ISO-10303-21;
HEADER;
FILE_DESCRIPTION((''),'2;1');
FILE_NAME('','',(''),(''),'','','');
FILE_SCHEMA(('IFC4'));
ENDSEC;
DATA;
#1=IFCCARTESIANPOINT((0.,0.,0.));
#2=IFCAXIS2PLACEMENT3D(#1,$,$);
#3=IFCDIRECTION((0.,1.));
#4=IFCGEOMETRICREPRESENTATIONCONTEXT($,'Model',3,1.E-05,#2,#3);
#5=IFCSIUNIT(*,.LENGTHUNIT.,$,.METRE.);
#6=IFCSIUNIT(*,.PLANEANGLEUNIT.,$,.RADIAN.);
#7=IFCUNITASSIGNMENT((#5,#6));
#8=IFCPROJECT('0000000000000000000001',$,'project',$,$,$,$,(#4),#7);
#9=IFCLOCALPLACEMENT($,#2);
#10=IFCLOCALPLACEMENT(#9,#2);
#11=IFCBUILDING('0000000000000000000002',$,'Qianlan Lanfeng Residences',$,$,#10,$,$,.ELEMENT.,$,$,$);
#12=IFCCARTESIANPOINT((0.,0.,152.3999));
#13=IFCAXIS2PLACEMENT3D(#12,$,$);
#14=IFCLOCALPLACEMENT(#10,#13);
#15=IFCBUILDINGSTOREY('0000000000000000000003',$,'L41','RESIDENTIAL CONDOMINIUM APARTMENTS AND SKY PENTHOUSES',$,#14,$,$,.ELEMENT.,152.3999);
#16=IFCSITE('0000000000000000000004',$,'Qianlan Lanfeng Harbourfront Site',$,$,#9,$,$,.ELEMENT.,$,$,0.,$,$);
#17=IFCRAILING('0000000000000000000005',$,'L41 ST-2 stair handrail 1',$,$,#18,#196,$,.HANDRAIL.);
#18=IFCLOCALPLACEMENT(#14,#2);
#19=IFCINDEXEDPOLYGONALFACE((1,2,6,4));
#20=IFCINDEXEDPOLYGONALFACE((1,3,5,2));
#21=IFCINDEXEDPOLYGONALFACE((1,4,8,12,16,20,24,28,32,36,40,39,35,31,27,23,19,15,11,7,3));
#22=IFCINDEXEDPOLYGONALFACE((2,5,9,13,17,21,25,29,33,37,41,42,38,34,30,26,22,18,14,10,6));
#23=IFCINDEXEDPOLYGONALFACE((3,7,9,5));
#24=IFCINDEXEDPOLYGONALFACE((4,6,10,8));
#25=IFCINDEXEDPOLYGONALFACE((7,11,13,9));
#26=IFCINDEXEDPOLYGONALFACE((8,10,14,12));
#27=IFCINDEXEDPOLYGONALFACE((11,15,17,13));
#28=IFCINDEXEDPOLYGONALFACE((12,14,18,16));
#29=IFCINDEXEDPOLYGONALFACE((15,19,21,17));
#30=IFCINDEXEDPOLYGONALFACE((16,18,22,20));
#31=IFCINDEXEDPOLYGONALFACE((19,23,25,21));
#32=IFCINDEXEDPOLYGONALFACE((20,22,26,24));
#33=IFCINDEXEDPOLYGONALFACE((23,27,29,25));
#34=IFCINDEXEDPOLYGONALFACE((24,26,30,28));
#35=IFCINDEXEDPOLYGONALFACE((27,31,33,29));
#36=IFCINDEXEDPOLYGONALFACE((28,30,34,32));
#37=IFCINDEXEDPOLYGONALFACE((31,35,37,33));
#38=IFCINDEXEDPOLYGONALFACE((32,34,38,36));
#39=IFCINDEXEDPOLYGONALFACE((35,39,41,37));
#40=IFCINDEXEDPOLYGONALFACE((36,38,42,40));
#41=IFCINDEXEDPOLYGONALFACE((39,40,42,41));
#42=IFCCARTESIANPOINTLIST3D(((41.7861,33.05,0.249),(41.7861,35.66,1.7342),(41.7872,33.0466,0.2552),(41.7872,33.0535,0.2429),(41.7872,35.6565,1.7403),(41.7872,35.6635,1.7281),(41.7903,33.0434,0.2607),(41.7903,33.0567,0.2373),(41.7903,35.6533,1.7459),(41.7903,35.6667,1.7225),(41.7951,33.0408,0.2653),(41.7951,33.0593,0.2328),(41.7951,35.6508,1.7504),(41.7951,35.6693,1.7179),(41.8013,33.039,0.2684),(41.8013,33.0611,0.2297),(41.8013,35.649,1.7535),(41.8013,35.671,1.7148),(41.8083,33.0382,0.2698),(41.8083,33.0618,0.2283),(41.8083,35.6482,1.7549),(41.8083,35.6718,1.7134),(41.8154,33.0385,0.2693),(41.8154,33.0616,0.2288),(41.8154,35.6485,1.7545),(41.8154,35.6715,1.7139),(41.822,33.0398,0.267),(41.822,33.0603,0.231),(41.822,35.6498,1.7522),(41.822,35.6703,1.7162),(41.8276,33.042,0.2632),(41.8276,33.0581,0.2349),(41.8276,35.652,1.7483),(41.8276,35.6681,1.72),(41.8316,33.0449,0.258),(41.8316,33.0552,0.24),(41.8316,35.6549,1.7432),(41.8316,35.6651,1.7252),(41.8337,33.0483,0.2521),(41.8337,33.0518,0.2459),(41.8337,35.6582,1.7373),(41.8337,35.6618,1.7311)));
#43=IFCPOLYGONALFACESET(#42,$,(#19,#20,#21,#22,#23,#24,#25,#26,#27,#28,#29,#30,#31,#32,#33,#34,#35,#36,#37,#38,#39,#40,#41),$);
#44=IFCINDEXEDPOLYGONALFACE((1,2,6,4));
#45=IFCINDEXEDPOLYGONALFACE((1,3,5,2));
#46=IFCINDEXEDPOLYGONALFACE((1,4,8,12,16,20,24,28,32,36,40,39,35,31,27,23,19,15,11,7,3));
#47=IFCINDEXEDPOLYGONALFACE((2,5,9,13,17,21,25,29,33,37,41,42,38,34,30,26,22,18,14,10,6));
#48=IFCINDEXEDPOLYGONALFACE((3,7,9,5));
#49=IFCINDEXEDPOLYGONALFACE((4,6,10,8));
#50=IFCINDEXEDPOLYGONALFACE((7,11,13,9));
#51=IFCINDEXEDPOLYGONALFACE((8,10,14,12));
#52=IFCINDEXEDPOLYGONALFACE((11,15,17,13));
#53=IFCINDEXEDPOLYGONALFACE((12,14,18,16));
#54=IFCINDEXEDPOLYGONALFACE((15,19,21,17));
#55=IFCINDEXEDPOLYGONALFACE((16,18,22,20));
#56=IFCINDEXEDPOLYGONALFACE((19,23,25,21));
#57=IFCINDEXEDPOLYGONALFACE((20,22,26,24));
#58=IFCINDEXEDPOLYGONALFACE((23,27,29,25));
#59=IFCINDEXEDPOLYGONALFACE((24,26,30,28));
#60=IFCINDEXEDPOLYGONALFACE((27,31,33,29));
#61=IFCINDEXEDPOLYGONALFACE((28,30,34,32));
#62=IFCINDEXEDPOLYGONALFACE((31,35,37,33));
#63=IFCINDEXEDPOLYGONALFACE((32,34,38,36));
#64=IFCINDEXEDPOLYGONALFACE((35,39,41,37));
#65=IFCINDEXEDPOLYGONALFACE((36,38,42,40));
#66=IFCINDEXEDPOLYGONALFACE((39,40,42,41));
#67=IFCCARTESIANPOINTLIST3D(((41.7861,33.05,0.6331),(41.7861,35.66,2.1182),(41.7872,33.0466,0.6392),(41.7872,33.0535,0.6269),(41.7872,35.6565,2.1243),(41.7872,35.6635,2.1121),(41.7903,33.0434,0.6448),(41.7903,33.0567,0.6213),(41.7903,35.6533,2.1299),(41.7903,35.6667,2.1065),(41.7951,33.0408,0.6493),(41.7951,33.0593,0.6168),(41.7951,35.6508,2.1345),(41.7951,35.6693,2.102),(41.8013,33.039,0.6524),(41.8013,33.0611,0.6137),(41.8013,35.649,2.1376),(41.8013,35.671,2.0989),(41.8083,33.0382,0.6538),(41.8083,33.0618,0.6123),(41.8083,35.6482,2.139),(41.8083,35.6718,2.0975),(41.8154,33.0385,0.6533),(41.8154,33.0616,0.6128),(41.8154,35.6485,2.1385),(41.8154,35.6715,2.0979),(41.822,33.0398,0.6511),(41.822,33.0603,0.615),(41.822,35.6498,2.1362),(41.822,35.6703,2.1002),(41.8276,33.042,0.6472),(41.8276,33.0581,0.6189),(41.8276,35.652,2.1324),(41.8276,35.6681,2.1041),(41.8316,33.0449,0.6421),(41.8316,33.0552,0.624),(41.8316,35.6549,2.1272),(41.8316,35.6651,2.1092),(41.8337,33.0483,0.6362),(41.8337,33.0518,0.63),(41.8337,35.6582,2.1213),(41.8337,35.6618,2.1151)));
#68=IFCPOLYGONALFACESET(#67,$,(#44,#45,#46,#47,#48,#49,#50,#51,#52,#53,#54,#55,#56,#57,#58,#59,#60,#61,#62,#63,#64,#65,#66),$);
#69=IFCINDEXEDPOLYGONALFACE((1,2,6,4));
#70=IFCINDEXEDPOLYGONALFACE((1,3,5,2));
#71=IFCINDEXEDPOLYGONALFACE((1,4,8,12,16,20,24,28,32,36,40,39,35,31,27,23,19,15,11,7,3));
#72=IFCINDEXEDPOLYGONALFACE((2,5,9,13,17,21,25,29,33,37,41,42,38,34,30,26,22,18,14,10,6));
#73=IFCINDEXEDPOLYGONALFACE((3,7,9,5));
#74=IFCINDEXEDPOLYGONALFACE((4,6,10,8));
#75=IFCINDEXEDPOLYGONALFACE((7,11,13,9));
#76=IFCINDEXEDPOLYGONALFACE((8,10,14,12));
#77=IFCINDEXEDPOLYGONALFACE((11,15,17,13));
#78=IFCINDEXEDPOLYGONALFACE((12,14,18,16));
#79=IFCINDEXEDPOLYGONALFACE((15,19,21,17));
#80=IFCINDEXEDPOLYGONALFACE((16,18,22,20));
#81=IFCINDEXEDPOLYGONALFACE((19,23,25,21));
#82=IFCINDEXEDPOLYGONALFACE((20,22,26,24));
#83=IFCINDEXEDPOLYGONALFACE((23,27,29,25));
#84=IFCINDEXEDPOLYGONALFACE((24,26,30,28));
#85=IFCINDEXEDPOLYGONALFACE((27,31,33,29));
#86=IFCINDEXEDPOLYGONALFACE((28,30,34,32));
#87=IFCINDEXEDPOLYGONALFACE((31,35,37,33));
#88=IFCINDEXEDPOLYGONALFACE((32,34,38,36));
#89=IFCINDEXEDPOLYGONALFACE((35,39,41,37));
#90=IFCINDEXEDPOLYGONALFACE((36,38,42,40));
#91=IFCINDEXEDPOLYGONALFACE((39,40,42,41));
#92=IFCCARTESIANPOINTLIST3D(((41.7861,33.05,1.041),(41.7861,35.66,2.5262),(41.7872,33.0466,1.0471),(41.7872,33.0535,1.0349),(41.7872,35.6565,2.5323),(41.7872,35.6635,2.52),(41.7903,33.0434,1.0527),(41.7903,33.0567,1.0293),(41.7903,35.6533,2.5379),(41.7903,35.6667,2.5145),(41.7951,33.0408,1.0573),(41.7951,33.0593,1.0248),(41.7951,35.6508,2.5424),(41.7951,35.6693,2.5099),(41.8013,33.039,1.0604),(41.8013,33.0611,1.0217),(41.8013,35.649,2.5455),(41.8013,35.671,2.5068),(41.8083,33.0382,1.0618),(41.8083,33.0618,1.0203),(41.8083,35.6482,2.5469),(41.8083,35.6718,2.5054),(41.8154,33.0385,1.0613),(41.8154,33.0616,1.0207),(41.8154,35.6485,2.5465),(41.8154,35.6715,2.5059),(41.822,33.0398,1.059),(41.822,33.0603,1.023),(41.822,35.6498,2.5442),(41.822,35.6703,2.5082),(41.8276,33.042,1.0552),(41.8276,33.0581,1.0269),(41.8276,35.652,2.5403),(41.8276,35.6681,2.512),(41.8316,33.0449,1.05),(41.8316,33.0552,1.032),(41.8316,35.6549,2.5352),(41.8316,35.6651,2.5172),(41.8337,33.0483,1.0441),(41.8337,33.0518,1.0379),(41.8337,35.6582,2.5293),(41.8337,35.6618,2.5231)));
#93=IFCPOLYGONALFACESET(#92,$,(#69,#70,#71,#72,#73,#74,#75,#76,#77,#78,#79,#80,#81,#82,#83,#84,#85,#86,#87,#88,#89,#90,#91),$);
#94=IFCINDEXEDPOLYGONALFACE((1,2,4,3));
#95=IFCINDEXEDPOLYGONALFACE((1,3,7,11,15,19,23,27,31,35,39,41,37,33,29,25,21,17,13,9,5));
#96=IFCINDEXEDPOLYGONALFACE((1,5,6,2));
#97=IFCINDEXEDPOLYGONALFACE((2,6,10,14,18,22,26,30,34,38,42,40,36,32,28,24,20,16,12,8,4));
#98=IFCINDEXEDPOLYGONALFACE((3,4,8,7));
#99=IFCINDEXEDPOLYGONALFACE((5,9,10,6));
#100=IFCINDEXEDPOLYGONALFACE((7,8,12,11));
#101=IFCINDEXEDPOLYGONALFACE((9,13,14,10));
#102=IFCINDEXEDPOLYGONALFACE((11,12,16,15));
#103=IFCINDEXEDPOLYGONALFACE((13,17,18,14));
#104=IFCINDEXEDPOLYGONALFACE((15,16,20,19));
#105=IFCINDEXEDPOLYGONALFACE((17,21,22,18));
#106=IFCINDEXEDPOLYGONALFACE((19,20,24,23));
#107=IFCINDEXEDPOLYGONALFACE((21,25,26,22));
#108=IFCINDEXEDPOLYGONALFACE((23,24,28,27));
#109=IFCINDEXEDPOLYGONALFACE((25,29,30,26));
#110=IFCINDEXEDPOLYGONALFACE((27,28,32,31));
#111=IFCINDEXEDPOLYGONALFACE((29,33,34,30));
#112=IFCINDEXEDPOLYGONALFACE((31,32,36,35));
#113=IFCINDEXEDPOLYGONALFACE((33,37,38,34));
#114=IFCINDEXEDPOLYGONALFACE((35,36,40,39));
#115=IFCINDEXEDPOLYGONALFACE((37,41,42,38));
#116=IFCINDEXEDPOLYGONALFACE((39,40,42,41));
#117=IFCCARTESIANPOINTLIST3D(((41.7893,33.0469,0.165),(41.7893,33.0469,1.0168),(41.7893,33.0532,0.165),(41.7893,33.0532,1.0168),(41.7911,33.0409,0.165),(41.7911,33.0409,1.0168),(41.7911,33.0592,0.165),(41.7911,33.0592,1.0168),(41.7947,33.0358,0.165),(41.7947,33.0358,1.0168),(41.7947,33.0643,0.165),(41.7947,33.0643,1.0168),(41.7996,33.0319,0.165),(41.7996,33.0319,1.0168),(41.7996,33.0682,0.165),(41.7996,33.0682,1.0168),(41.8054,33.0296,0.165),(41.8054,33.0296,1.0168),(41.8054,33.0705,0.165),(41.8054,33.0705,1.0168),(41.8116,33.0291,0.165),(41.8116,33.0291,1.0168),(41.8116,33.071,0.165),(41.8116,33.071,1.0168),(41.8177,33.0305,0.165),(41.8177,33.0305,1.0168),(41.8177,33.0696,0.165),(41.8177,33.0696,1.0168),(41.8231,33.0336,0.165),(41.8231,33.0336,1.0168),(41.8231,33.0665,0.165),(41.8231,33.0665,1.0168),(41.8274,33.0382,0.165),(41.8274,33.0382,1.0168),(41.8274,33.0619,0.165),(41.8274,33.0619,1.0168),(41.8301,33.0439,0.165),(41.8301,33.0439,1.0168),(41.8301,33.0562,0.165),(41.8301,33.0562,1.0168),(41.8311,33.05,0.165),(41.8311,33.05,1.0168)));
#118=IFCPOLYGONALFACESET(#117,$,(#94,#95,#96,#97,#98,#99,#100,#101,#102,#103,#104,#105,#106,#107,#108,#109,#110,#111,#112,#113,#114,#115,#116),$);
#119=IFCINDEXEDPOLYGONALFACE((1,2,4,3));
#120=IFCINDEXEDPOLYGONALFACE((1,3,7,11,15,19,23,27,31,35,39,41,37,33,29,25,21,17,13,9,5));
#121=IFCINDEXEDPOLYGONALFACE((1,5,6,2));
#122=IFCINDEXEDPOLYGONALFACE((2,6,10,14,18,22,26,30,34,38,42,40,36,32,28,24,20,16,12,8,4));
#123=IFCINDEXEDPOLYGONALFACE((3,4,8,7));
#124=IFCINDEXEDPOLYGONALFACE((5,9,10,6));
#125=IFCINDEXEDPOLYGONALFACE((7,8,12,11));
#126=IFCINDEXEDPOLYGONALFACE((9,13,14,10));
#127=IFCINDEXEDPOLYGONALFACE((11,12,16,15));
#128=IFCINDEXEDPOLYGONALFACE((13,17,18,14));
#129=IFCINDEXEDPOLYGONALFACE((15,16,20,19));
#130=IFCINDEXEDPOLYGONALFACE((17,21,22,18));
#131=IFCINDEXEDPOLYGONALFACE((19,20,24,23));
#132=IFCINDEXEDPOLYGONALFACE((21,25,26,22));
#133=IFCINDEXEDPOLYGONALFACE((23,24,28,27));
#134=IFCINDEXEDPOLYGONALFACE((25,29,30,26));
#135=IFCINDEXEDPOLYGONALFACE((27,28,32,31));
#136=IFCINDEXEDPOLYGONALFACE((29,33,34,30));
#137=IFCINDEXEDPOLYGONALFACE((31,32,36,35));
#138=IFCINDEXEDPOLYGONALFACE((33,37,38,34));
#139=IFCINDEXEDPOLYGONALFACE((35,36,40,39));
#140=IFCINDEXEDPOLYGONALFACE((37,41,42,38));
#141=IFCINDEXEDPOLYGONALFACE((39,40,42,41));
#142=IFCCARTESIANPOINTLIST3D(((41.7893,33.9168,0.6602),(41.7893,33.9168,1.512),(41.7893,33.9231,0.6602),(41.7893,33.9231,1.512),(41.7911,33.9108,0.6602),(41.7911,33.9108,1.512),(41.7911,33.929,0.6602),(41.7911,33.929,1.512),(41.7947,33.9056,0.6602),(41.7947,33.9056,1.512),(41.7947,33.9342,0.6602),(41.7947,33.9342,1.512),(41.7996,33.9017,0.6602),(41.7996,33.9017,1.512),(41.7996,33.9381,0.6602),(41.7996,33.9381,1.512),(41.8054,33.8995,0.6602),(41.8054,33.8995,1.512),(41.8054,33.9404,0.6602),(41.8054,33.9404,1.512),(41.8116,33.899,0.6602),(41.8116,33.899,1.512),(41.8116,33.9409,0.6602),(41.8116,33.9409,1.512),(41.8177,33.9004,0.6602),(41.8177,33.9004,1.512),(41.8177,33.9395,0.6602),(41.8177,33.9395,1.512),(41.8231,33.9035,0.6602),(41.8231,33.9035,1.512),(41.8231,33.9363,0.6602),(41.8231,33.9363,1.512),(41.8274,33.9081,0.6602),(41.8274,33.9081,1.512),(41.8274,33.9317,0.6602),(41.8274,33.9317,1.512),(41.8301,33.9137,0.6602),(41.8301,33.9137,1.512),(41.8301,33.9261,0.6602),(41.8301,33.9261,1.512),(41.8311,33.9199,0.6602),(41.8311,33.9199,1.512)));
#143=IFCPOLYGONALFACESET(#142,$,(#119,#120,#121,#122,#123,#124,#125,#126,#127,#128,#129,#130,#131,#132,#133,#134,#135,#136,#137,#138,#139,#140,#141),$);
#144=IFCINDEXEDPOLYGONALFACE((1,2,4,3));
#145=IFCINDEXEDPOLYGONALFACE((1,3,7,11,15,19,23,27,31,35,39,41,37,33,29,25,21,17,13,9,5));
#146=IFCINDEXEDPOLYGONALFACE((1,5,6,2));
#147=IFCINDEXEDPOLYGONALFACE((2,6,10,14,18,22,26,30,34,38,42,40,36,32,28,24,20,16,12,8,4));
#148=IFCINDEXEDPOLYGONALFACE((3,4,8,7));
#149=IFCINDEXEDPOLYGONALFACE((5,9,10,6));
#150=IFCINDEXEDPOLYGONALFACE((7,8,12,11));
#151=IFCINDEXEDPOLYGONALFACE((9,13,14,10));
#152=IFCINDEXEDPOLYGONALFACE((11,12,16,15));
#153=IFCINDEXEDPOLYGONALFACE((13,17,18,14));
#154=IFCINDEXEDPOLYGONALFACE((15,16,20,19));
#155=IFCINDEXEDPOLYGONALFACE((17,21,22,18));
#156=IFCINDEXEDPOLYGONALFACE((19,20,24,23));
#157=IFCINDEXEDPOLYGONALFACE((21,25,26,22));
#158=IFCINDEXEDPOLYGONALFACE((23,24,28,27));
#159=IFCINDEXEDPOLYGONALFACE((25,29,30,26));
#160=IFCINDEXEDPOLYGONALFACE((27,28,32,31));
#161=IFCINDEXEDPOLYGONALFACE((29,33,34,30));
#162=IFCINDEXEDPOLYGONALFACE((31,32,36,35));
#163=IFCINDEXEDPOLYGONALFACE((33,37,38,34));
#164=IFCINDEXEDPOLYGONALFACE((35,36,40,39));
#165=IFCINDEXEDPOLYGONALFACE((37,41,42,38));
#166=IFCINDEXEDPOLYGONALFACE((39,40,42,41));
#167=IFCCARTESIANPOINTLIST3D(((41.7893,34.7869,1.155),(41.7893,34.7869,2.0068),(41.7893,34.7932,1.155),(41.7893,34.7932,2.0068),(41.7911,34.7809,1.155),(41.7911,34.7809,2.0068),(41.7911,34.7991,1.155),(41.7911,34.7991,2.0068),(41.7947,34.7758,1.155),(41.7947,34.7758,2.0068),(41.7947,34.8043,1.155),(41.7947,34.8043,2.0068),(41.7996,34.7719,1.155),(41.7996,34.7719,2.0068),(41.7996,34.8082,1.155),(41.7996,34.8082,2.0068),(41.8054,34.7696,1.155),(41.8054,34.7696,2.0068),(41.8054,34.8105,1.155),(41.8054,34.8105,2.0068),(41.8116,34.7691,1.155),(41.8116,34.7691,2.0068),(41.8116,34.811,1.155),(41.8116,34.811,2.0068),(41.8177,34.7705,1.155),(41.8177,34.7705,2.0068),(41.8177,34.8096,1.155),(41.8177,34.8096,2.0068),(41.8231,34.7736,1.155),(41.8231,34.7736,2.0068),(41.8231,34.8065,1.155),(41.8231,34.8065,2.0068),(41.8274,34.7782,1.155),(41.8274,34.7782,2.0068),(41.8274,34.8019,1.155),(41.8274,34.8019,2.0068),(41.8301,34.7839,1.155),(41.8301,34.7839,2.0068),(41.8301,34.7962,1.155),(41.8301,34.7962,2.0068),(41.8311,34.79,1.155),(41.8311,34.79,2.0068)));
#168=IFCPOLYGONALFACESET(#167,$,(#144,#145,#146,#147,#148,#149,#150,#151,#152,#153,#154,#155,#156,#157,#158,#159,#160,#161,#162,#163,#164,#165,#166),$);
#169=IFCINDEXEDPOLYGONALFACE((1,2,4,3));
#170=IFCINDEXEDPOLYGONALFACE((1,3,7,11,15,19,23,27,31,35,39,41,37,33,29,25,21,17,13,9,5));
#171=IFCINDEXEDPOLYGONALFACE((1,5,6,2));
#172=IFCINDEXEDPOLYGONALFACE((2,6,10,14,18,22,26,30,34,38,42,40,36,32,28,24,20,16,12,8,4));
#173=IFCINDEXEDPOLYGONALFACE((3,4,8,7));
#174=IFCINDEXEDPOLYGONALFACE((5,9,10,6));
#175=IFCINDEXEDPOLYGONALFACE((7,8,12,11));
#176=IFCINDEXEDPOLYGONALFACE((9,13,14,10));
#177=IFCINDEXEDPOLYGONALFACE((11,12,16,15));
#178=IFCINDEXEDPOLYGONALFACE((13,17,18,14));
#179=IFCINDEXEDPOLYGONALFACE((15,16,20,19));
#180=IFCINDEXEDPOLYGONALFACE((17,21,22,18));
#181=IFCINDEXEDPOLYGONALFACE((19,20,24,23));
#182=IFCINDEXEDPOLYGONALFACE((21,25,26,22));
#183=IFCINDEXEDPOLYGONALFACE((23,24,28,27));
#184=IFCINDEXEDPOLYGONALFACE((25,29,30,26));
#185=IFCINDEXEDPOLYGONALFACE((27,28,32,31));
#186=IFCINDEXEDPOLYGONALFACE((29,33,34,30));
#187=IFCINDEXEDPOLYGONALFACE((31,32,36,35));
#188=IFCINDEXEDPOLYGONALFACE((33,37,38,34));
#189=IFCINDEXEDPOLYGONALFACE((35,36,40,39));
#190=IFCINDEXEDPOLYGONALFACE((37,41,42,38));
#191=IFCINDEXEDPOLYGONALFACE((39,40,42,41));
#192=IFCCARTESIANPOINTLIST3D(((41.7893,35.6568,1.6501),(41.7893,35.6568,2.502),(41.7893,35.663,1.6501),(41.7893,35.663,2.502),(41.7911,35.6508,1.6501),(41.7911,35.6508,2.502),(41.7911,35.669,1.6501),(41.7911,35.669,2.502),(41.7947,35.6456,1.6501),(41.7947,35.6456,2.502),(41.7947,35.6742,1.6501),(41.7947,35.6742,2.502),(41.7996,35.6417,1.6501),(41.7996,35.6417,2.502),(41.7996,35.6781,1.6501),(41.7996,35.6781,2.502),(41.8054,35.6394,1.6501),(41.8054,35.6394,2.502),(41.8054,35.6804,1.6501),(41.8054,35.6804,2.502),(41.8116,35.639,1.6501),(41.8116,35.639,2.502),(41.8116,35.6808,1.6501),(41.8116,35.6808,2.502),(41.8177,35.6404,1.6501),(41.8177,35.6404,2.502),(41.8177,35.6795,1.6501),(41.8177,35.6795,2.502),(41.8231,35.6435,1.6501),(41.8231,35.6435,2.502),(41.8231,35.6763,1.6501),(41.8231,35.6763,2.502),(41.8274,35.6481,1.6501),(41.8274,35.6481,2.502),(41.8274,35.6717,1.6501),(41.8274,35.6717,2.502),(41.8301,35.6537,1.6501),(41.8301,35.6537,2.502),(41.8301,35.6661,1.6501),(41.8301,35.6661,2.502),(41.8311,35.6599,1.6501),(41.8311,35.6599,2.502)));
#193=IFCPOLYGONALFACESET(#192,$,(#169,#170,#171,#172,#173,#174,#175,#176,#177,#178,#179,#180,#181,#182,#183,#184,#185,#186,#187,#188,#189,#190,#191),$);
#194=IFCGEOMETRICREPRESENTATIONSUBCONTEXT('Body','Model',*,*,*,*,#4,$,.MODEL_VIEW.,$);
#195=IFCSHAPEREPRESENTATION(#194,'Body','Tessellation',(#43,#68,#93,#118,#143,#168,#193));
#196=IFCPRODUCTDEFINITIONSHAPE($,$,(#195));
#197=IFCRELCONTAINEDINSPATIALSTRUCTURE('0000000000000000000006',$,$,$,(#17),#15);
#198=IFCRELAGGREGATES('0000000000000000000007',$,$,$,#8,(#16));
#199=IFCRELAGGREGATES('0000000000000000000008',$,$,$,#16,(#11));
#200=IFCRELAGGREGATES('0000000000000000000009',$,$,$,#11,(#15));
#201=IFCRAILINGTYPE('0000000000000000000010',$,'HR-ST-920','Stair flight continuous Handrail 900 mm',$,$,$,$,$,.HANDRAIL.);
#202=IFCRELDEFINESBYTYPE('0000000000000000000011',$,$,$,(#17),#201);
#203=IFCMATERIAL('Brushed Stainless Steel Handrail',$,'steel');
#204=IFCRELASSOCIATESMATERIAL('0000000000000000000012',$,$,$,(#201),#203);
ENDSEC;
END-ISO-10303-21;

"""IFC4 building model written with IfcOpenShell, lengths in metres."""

from ifc_helpers import new_model, si_unit, direction, frame, origin, origin_2d, place, context, subcontext, project, spatial, circle, extrude, material, type_object, element, save


model = new_model("IFC4")

# Units and contexts
model_context = context("Model", 3, precision=1e-05, world=origin(), true_north=direction((0.0, 1.0)))
body_context = subcontext(model_context, "Body", "Model", "MODEL_VIEW")
ifc_project = project(units=[si_unit("LENGTHUNIT", "METRE"), si_unit("PLANEANGLEUNIT", "RADIAN")], contexts=[model_context])

# Site, building, storey
site_placement = place(None, origin())
site = spatial("IfcSite", under=ifc_project, at=site_placement, Name="Qianlan Lanfeng Harbourfront Site", CompositionType="ELEMENT", RefElevation=0.0)
building_placement = place(site_placement, origin())
building = spatial("IfcBuilding", under=site, at=building_placement, Name="Qianlan Lanfeng Residences", CompositionType="ELEMENT")
storey_placement = place(building_placement, frame((0.0, 0.0, 152.3999)))
storey = spatial("IfcBuildingStorey", under=building, at=storey_placement, Name="L41", Description="RESIDENTIAL CONDOMINIUM APARTMENTS AND SKY PENTHOUSES", CompositionType="ELEMENT", Elevation=152.3999)

# Railing
ifc_material_1 = material(Name="Brushed Stainless Steel Handrail", Category="steel")
railing_type_1 = type_object("IfcRailingType", Name="HR-ST-920", Description="Stair flight continuous Handrail 900 mm", PredefinedType="HANDRAIL", material=ifc_material_1)
railing_1_placement = place(storey_placement, frame((41.8101, 33.05, 0.165)))
element("IfcRailing", 1, at=railing_1_placement, inside=storey, type_object=railing_type_1, Name="L41 ST-2 stair handrail 1", PredefinedType="HANDRAIL", context=body_context, shape_type="SweptSolid", body=[
    extrude(circle(Radius=0.0239, at=origin_2d()), frame((0.0, 0.0, 0.084), z_axis=(0.0, 0.869137, 0.494571), x_axis=(-1.0, 0.0, 0.0)), (0.0, 0.0, 1.0), 3.0029),
    extrude(circle(Radius=0.0239, at=origin_2d()), frame((0.0, 0.0, 0.468), z_axis=(0.0, 0.869137, 0.494571), x_axis=(-1.0, 0.0, 0.0)), (0.0, 0.0, 1.0), 3.0029),
    extrude(circle(Radius=0.0239, at=origin_2d()), frame((0.0, 0.0, 0.876), z_axis=(0.0, 0.869137, 0.494571), x_axis=(-1.0, 0.0, 0.0)), (0.0, 0.0, 1.0), 3.0029),
    extrude(circle(Radius=0.021, at=origin_2d()), origin(), (0.0, 0.0, 1.0), 0.8518),
    extrude(circle(Radius=0.021, at=origin_2d()), frame((0.0, 0.8699, 0.4951)), (0.0, 0.0, 1.0), 0.8518),
    extrude(circle(Radius=0.021, at=origin_2d()), frame((0.0, 1.74, 0.99)), (0.0, 0.0, 1.0), 0.8518),
    extrude(circle(Radius=0.021, at=origin_2d()), frame((0.0, 2.6099, 1.4851)), (0.0, 0.0, 1.0), 0.8518),
])

save(model, "model.ifc")
